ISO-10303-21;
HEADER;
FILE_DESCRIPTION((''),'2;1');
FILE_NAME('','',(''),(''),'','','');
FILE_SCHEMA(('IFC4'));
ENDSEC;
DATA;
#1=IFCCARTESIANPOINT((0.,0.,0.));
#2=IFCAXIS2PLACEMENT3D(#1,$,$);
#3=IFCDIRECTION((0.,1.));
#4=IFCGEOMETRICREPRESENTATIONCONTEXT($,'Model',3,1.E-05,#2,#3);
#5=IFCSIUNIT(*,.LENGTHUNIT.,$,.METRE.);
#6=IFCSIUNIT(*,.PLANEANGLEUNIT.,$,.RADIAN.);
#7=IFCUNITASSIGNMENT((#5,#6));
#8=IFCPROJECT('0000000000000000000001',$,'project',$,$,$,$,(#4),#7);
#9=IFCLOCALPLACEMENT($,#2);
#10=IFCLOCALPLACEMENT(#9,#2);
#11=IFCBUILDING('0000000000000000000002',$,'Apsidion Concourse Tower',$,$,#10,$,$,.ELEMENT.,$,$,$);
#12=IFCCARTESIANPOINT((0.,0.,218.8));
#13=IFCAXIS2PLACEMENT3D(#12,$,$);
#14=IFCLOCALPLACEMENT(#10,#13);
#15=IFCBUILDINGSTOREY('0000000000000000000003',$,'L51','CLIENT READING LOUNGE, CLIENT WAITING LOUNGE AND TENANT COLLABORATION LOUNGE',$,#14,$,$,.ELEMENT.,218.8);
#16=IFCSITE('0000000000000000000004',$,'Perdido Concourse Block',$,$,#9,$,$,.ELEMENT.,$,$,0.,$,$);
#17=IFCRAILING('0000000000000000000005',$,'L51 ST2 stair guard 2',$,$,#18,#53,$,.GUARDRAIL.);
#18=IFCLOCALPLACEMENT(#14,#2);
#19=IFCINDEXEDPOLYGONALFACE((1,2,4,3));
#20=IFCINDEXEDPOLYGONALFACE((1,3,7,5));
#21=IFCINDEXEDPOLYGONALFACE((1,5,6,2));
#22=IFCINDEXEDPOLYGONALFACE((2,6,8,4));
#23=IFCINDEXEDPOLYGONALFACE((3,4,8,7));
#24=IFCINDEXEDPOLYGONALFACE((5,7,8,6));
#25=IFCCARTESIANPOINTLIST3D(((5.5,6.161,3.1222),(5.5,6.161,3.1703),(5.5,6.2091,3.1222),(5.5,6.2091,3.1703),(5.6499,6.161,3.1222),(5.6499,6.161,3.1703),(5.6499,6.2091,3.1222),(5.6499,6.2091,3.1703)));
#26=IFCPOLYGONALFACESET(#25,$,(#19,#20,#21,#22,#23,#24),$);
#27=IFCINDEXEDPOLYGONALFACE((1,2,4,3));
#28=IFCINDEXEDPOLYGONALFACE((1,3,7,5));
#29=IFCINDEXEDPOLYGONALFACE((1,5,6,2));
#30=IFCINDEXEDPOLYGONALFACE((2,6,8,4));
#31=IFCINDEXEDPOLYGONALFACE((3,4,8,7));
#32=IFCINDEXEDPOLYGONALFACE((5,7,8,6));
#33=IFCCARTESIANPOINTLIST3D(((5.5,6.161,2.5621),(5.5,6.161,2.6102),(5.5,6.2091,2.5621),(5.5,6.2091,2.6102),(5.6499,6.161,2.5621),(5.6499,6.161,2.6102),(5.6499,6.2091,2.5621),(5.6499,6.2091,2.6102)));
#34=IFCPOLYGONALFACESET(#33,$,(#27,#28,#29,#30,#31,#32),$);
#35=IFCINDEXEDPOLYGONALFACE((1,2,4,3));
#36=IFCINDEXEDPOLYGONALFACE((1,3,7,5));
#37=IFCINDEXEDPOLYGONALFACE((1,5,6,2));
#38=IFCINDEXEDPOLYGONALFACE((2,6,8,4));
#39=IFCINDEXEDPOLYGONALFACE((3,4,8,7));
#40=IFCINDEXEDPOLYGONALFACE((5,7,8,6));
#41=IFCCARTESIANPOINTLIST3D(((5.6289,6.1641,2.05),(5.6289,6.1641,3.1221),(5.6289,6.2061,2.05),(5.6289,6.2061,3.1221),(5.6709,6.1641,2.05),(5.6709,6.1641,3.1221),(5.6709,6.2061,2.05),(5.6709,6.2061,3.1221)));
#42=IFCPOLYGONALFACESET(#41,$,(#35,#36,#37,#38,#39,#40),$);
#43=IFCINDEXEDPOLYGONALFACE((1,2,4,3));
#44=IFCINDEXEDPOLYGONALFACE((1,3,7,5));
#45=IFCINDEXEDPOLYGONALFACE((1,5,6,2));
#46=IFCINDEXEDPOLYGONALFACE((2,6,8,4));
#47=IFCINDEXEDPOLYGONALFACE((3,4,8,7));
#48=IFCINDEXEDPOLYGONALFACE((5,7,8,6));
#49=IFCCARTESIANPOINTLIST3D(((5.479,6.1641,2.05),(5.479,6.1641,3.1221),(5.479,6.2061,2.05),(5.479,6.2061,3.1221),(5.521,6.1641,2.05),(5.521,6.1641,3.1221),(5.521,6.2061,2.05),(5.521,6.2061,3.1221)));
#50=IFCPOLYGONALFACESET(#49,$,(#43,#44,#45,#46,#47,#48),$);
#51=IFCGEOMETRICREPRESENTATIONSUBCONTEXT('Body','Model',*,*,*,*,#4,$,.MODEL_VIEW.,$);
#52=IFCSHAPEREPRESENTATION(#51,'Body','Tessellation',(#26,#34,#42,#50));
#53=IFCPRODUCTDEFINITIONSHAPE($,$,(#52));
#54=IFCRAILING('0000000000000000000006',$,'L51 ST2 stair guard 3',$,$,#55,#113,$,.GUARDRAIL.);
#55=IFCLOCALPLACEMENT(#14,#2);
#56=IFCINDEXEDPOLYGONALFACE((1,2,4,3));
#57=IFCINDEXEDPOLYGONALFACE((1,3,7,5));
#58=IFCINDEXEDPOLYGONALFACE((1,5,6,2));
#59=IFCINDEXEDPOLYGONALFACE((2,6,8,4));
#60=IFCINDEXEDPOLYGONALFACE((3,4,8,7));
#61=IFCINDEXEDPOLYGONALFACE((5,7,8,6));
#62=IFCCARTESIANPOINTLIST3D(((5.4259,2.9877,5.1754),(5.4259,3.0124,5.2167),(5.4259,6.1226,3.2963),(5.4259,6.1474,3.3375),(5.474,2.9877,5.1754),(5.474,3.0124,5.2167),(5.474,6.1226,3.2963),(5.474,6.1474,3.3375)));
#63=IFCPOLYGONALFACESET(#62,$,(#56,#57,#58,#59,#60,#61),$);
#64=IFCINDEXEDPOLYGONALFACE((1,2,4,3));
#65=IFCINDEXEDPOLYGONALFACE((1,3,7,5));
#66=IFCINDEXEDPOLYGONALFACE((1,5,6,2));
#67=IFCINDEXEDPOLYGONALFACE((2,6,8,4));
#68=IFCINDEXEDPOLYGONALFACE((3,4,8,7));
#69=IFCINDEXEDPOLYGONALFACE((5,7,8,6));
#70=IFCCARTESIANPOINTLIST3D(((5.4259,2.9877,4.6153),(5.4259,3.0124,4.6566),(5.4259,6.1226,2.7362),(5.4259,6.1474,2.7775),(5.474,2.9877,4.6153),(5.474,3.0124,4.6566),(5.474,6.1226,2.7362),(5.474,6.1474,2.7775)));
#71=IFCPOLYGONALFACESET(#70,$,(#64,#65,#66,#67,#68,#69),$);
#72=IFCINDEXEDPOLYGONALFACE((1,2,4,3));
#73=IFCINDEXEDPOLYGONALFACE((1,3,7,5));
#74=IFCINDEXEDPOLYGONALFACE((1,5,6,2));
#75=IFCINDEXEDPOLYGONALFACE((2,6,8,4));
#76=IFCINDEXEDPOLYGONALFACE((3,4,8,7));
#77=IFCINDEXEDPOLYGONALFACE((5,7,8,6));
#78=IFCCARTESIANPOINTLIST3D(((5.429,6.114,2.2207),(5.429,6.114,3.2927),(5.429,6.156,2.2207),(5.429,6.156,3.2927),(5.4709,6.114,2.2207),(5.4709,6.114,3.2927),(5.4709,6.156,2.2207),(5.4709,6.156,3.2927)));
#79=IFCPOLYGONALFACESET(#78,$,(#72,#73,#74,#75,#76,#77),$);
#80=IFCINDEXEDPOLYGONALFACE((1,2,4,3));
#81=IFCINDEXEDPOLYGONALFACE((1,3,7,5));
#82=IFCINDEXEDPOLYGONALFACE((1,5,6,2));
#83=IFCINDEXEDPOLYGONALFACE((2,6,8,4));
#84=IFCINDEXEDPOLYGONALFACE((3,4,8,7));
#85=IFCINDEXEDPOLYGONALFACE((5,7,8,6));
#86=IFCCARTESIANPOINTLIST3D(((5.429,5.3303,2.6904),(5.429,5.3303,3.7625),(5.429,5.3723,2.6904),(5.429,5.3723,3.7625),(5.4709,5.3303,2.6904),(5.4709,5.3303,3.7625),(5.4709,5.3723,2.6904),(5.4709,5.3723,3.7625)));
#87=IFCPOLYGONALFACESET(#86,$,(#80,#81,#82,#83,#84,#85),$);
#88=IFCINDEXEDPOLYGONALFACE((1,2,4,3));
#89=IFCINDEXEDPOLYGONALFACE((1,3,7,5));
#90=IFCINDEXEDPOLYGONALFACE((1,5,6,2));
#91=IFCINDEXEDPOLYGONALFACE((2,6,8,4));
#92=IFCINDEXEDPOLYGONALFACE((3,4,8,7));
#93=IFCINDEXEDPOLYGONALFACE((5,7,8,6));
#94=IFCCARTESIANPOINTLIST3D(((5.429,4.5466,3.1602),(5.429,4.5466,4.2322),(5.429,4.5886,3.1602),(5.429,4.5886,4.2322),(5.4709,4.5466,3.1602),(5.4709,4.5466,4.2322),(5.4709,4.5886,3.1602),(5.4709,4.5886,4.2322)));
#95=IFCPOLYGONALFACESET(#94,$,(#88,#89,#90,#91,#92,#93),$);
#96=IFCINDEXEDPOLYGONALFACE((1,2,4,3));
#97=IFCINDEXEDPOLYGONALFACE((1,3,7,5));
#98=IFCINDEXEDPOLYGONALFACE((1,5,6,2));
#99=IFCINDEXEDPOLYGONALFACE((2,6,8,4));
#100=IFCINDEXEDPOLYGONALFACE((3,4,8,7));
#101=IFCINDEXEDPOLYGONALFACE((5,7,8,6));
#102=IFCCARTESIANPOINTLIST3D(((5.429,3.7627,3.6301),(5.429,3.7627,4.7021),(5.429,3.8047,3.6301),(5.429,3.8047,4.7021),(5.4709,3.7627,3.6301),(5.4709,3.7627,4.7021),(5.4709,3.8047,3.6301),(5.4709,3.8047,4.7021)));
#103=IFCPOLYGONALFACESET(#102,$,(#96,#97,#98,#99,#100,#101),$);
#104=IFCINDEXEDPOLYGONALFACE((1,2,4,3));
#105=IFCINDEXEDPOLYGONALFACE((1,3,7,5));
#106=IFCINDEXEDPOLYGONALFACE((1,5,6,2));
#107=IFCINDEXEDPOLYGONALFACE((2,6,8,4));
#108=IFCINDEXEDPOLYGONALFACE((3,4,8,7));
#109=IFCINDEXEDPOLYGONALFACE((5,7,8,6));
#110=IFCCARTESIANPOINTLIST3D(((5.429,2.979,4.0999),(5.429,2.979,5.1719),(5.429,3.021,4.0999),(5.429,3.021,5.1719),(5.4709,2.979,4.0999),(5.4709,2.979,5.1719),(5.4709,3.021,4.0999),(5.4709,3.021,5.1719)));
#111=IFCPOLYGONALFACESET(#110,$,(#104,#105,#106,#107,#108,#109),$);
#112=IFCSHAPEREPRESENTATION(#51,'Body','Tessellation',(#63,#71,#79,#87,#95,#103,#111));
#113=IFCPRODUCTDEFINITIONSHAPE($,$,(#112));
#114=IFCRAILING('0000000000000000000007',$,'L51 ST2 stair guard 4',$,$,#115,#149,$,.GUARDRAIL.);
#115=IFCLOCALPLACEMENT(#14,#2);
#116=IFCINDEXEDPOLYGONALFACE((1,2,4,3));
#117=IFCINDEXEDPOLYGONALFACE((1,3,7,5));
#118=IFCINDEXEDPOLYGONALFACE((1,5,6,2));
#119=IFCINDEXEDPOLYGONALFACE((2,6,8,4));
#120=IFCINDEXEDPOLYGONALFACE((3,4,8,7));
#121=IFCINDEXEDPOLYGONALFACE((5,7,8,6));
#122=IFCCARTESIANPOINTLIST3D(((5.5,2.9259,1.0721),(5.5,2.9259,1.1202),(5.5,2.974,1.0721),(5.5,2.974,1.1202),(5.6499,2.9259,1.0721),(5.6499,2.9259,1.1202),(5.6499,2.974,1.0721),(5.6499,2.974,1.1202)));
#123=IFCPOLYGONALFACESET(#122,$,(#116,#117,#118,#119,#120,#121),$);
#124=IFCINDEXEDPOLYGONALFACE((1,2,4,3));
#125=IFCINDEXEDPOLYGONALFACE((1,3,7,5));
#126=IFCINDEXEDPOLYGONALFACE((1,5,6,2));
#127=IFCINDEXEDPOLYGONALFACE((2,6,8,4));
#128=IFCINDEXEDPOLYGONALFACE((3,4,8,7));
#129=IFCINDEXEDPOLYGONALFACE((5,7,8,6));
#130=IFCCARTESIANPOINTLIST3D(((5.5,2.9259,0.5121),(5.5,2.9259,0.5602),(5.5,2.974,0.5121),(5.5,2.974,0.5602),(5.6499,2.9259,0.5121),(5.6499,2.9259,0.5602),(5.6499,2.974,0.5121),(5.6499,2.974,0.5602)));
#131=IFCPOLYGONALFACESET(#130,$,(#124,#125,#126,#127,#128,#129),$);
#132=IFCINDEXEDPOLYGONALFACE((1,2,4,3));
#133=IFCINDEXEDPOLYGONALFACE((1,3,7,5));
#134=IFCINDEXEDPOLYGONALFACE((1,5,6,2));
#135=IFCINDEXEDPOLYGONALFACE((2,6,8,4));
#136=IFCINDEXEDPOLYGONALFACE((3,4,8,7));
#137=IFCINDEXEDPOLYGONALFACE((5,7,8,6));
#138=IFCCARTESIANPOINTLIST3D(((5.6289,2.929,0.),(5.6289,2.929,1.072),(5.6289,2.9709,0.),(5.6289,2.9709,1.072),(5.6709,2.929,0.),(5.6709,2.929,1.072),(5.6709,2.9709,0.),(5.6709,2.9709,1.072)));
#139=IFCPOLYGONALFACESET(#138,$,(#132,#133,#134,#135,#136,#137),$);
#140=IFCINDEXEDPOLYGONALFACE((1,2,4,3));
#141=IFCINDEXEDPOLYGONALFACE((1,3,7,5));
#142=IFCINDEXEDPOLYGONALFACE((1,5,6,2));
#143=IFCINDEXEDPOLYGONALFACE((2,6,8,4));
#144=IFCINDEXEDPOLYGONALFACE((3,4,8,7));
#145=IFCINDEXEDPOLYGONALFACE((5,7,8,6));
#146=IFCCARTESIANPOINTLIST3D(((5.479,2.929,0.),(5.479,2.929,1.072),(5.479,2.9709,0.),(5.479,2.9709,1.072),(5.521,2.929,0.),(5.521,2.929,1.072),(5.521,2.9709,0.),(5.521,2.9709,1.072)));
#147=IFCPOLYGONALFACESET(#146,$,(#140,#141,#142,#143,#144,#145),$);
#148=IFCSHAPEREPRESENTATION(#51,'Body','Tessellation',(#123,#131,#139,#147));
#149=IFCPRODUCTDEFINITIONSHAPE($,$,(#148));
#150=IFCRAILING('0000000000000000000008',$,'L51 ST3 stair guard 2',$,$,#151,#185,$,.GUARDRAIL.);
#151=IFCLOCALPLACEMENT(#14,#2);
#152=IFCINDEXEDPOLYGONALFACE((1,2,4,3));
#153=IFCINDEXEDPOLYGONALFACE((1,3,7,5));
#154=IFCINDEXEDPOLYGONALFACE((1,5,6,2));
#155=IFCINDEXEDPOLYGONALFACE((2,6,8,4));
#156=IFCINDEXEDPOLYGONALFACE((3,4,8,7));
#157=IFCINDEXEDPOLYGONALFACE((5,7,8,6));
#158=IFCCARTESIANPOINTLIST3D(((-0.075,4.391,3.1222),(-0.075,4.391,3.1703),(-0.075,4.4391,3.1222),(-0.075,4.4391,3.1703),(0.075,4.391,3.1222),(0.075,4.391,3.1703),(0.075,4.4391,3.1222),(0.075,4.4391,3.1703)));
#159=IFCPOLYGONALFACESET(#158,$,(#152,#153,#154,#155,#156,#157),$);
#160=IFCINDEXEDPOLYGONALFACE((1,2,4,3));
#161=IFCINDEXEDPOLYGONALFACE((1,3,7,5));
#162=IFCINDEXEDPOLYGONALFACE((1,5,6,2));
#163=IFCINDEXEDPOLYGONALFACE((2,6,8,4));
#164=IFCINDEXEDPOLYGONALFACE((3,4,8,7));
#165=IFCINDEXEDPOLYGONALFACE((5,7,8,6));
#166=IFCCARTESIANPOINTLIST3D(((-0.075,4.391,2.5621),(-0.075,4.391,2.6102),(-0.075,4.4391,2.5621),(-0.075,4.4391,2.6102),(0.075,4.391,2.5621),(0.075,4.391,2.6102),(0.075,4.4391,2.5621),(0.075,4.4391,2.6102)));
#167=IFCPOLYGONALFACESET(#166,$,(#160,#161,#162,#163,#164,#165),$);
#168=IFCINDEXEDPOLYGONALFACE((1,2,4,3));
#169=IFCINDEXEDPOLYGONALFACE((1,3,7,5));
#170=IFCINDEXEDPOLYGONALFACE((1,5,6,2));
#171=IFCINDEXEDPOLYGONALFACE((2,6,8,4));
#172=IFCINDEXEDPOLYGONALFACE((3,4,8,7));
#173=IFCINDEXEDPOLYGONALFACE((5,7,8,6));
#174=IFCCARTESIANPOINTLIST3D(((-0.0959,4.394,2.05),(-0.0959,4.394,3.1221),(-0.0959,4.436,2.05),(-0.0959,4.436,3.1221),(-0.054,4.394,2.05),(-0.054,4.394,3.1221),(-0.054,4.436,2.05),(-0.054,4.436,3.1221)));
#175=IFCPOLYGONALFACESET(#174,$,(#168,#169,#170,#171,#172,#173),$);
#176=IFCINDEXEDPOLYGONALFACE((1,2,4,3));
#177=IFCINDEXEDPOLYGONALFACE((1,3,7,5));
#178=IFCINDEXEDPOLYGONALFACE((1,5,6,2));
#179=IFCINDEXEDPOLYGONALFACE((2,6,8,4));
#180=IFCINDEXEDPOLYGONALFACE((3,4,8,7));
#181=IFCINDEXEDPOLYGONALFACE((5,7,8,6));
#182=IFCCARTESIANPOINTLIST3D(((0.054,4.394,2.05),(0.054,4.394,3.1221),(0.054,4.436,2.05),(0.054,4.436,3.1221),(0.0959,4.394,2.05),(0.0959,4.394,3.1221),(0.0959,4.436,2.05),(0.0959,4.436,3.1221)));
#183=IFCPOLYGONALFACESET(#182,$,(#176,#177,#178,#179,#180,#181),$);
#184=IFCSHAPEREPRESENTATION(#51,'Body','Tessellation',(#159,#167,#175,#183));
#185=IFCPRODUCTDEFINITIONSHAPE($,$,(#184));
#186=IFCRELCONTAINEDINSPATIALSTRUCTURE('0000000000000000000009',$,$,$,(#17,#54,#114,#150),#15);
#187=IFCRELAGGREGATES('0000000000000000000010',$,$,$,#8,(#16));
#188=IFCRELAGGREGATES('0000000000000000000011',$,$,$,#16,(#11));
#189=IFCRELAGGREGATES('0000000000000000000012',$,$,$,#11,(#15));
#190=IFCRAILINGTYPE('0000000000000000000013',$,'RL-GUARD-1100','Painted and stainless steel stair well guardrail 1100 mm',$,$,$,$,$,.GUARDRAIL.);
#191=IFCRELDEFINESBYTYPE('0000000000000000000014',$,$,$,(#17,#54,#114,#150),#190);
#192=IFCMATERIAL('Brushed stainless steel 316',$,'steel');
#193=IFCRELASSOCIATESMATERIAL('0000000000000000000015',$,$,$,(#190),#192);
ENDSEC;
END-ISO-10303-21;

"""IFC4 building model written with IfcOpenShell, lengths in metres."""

from ifc_helpers import new_model, si_unit, direction, frame, origin, origin_2d, place, context, subcontext, project, spatial, rectangle, extrude, material, type_object, element, save


model = new_model("IFC4")

# Units and contexts
model_context = context("Model", 3, precision=1e-05, world=origin(), true_north=direction((0.0, 1.0)))
body_context = subcontext(model_context, "Body", "Model", "MODEL_VIEW")
ifc_project = project(units=[si_unit("LENGTHUNIT", "METRE"), si_unit("PLANEANGLEUNIT", "RADIAN")], contexts=[model_context])

# Site, building, storey
site_placement = place(None, origin())
site = spatial("IfcSite", under=ifc_project, at=site_placement, Name="Perdido Concourse Block", CompositionType="ELEMENT", RefElevation=0.0)
building_placement = place(site_placement, origin())
building = spatial("IfcBuilding", under=site, at=building_placement, Name="Apsidion Concourse Tower", CompositionType="ELEMENT")
storey_placement = place(building_placement, frame((0.0, 0.0, 218.8)))
storey = spatial("IfcBuildingStorey", under=building, at=storey_placement, Name="L51", Description="CLIENT READING LOUNGE, CLIENT WAITING LOUNGE AND TENANT COLLABORATION LOUNGE", CompositionType="ELEMENT", Elevation=218.8)

# Railings
ifc_material_1 = material(Name="Brushed stainless steel 316", Category="steel")
railing_type_1 = type_object("IfcRailingType", Name="RL-GUARD-1100", Description="Painted and stainless steel stair well guardrail 1100 mm", PredefinedType="GUARDRAIL", material=ifc_material_1)
railing_1_placement = place(storey_placement, frame((5.6499, 6.1851, 2.05)))
element("IfcRailing", 1, at=railing_1_placement, inside=storey, type_object=railing_type_1, Name="L51 ST2 stair guard 2", PredefinedType="GUARDRAIL", context=body_context, shape_type="SweptSolid", body=[
    extrude(rectangle(XDim=0.0481, YDim=0.0481, at=origin_2d()), frame((0.0, 0.0, 1.0962), z_axis=(-1.0, 0.0, 0.0), x_axis=(0.0, -1.0, 0.0)), (0.0, 0.0, 1.0), 0.1499),
    extrude(rectangle(XDim=0.0481, YDim=0.0481, at=origin_2d()), frame((0.0, 0.0, 0.5361), z_axis=(-1.0, 0.0, 0.0), x_axis=(0.0, -1.0, 0.0)), (0.0, 0.0, 1.0), 0.1499),
    extrude(rectangle(XDim=0.042, YDim=0.042, at=origin_2d()), origin(), (0.0, 0.0, 1.0), 1.072),
    extrude(rectangle(XDim=0.042, YDim=0.042, at=origin_2d()), frame((-0.1499, 0.0, 0.0)), (0.0, 0.0, 1.0), 1.072),
])
railing_2_placement = place(storey_placement, frame((5.45, 6.135, 2.2207)))
element("IfcRailing", 2, at=railing_2_placement, inside=storey, type_object=railing_type_1, Name="L51 ST2 stair guard 3", PredefinedType="GUARDRAIL", context=body_context, shape_type="SweptSolid", body=[
    extrude(rectangle(XDim=0.0481, YDim=0.0481, at=origin_2d()), frame((0.0, 0.0, 1.0962), z_axis=(0.0, -0.857717, 0.514122), x_axis=(1.0, 0.0, 0.0)), (0.0, 0.0, 1.0), 3.655),
    extrude(rectangle(XDim=0.0481, YDim=0.0481, at=origin_2d()), frame((0.0, 0.0, 0.5361), z_axis=(0.0, -0.857717, 0.514122), x_axis=(1.0, 0.0, 0.0)), (0.0, 0.0, 1.0), 3.655),
    extrude(rectangle(XDim=0.042, YDim=0.042, at=origin_2d()), origin(), (0.0, 0.0, 1.0), 1.072),
    extrude(rectangle(XDim=0.042, YDim=0.042, at=origin_2d()), frame((0.0, -0.7837, 0.4697)), (0.0, 0.0, 1.0), 1.072),
    extrude(rectangle(XDim=0.042, YDim=0.042, at=origin_2d()), frame((0.0, -1.5674, 0.9395)), (0.0, 0.0, 1.0), 1.072),
    extrude(rectangle(XDim=0.042, YDim=0.042, at=origin_2d()), frame((0.0, -2.3513, 1.4094)), (0.0, 0.0, 1.0), 1.072),
    extrude(rectangle(XDim=0.042, YDim=0.042, at=origin_2d()), frame((0.0, -3.135, 1.8792)), (0.0, 0.0, 1.0), 1.072),
])
railing_3_placement = place(storey_placement, frame((5.6499, 2.95, 0.0)))
element("IfcRailing", 3, at=railing_3_placement, inside=storey, type_object=railing_type_1, Name="L51 ST2 stair guard 4", PredefinedType="GUARDRAIL", context=body_context, shape_type="SweptSolid", body=[
    extrude(rectangle(XDim=0.0481, YDim=0.0481, at=origin_2d()), frame((0.0, 0.0, 1.0962), z_axis=(-1.0, 0.0, 0.0), x_axis=(0.0, -1.0, 0.0)), (0.0, 0.0, 1.0), 0.1499),
    extrude(rectangle(XDim=0.0481, YDim=0.0481, at=origin_2d()), frame((0.0, 0.0, 0.5361), z_axis=(-1.0, 0.0, 0.0), x_axis=(0.0, -1.0, 0.0)), (0.0, 0.0, 1.0), 0.1499),
    extrude(rectangle(XDim=0.042, YDim=0.042, at=origin_2d()), origin(), (0.0, 0.0, 1.0), 1.072),
    extrude(rectangle(XDim=0.042, YDim=0.042, at=origin_2d()), frame((-0.1499, 0.0, 0.0)), (0.0, 0.0, 1.0), 1.072),
])
railing_4_placement = place(storey_placement, frame((-0.075, 4.415, 2.05)))
element("IfcRailing", 4, at=railing_4_placement, inside=storey, type_object=railing_type_1, Name="L51 ST3 stair guard 2", PredefinedType="GUARDRAIL", context=body_context, shape_type="SweptSolid", body=[
    extrude(rectangle(XDim=0.0481, YDim=0.0481, at=origin_2d()), frame((0.0, 0.0, 1.0962), z_axis=(1.0, 0.0, 0.0), x_axis=(0.0, 1.0, 0.0)), (0.0, 0.0, 1.0), 0.1499),
    extrude(rectangle(XDim=0.0481, YDim=0.0481, at=origin_2d()), frame((0.0, 0.0, 0.5361), z_axis=(1.0, 0.0, 0.0), x_axis=(0.0, 1.0, 0.0)), (0.0, 0.0, 1.0), 0.1499),
    extrude(rectangle(XDim=0.042, YDim=0.042, at=origin_2d()), origin(), (0.0, 0.0, 1.0), 1.072),
    extrude(rectangle(XDim=0.042, YDim=0.042, at=origin_2d()), frame((0.1499, 0.0, 0.0)), (0.0, 0.0, 1.0), 1.072),
])

save(model, "model.ifc")
